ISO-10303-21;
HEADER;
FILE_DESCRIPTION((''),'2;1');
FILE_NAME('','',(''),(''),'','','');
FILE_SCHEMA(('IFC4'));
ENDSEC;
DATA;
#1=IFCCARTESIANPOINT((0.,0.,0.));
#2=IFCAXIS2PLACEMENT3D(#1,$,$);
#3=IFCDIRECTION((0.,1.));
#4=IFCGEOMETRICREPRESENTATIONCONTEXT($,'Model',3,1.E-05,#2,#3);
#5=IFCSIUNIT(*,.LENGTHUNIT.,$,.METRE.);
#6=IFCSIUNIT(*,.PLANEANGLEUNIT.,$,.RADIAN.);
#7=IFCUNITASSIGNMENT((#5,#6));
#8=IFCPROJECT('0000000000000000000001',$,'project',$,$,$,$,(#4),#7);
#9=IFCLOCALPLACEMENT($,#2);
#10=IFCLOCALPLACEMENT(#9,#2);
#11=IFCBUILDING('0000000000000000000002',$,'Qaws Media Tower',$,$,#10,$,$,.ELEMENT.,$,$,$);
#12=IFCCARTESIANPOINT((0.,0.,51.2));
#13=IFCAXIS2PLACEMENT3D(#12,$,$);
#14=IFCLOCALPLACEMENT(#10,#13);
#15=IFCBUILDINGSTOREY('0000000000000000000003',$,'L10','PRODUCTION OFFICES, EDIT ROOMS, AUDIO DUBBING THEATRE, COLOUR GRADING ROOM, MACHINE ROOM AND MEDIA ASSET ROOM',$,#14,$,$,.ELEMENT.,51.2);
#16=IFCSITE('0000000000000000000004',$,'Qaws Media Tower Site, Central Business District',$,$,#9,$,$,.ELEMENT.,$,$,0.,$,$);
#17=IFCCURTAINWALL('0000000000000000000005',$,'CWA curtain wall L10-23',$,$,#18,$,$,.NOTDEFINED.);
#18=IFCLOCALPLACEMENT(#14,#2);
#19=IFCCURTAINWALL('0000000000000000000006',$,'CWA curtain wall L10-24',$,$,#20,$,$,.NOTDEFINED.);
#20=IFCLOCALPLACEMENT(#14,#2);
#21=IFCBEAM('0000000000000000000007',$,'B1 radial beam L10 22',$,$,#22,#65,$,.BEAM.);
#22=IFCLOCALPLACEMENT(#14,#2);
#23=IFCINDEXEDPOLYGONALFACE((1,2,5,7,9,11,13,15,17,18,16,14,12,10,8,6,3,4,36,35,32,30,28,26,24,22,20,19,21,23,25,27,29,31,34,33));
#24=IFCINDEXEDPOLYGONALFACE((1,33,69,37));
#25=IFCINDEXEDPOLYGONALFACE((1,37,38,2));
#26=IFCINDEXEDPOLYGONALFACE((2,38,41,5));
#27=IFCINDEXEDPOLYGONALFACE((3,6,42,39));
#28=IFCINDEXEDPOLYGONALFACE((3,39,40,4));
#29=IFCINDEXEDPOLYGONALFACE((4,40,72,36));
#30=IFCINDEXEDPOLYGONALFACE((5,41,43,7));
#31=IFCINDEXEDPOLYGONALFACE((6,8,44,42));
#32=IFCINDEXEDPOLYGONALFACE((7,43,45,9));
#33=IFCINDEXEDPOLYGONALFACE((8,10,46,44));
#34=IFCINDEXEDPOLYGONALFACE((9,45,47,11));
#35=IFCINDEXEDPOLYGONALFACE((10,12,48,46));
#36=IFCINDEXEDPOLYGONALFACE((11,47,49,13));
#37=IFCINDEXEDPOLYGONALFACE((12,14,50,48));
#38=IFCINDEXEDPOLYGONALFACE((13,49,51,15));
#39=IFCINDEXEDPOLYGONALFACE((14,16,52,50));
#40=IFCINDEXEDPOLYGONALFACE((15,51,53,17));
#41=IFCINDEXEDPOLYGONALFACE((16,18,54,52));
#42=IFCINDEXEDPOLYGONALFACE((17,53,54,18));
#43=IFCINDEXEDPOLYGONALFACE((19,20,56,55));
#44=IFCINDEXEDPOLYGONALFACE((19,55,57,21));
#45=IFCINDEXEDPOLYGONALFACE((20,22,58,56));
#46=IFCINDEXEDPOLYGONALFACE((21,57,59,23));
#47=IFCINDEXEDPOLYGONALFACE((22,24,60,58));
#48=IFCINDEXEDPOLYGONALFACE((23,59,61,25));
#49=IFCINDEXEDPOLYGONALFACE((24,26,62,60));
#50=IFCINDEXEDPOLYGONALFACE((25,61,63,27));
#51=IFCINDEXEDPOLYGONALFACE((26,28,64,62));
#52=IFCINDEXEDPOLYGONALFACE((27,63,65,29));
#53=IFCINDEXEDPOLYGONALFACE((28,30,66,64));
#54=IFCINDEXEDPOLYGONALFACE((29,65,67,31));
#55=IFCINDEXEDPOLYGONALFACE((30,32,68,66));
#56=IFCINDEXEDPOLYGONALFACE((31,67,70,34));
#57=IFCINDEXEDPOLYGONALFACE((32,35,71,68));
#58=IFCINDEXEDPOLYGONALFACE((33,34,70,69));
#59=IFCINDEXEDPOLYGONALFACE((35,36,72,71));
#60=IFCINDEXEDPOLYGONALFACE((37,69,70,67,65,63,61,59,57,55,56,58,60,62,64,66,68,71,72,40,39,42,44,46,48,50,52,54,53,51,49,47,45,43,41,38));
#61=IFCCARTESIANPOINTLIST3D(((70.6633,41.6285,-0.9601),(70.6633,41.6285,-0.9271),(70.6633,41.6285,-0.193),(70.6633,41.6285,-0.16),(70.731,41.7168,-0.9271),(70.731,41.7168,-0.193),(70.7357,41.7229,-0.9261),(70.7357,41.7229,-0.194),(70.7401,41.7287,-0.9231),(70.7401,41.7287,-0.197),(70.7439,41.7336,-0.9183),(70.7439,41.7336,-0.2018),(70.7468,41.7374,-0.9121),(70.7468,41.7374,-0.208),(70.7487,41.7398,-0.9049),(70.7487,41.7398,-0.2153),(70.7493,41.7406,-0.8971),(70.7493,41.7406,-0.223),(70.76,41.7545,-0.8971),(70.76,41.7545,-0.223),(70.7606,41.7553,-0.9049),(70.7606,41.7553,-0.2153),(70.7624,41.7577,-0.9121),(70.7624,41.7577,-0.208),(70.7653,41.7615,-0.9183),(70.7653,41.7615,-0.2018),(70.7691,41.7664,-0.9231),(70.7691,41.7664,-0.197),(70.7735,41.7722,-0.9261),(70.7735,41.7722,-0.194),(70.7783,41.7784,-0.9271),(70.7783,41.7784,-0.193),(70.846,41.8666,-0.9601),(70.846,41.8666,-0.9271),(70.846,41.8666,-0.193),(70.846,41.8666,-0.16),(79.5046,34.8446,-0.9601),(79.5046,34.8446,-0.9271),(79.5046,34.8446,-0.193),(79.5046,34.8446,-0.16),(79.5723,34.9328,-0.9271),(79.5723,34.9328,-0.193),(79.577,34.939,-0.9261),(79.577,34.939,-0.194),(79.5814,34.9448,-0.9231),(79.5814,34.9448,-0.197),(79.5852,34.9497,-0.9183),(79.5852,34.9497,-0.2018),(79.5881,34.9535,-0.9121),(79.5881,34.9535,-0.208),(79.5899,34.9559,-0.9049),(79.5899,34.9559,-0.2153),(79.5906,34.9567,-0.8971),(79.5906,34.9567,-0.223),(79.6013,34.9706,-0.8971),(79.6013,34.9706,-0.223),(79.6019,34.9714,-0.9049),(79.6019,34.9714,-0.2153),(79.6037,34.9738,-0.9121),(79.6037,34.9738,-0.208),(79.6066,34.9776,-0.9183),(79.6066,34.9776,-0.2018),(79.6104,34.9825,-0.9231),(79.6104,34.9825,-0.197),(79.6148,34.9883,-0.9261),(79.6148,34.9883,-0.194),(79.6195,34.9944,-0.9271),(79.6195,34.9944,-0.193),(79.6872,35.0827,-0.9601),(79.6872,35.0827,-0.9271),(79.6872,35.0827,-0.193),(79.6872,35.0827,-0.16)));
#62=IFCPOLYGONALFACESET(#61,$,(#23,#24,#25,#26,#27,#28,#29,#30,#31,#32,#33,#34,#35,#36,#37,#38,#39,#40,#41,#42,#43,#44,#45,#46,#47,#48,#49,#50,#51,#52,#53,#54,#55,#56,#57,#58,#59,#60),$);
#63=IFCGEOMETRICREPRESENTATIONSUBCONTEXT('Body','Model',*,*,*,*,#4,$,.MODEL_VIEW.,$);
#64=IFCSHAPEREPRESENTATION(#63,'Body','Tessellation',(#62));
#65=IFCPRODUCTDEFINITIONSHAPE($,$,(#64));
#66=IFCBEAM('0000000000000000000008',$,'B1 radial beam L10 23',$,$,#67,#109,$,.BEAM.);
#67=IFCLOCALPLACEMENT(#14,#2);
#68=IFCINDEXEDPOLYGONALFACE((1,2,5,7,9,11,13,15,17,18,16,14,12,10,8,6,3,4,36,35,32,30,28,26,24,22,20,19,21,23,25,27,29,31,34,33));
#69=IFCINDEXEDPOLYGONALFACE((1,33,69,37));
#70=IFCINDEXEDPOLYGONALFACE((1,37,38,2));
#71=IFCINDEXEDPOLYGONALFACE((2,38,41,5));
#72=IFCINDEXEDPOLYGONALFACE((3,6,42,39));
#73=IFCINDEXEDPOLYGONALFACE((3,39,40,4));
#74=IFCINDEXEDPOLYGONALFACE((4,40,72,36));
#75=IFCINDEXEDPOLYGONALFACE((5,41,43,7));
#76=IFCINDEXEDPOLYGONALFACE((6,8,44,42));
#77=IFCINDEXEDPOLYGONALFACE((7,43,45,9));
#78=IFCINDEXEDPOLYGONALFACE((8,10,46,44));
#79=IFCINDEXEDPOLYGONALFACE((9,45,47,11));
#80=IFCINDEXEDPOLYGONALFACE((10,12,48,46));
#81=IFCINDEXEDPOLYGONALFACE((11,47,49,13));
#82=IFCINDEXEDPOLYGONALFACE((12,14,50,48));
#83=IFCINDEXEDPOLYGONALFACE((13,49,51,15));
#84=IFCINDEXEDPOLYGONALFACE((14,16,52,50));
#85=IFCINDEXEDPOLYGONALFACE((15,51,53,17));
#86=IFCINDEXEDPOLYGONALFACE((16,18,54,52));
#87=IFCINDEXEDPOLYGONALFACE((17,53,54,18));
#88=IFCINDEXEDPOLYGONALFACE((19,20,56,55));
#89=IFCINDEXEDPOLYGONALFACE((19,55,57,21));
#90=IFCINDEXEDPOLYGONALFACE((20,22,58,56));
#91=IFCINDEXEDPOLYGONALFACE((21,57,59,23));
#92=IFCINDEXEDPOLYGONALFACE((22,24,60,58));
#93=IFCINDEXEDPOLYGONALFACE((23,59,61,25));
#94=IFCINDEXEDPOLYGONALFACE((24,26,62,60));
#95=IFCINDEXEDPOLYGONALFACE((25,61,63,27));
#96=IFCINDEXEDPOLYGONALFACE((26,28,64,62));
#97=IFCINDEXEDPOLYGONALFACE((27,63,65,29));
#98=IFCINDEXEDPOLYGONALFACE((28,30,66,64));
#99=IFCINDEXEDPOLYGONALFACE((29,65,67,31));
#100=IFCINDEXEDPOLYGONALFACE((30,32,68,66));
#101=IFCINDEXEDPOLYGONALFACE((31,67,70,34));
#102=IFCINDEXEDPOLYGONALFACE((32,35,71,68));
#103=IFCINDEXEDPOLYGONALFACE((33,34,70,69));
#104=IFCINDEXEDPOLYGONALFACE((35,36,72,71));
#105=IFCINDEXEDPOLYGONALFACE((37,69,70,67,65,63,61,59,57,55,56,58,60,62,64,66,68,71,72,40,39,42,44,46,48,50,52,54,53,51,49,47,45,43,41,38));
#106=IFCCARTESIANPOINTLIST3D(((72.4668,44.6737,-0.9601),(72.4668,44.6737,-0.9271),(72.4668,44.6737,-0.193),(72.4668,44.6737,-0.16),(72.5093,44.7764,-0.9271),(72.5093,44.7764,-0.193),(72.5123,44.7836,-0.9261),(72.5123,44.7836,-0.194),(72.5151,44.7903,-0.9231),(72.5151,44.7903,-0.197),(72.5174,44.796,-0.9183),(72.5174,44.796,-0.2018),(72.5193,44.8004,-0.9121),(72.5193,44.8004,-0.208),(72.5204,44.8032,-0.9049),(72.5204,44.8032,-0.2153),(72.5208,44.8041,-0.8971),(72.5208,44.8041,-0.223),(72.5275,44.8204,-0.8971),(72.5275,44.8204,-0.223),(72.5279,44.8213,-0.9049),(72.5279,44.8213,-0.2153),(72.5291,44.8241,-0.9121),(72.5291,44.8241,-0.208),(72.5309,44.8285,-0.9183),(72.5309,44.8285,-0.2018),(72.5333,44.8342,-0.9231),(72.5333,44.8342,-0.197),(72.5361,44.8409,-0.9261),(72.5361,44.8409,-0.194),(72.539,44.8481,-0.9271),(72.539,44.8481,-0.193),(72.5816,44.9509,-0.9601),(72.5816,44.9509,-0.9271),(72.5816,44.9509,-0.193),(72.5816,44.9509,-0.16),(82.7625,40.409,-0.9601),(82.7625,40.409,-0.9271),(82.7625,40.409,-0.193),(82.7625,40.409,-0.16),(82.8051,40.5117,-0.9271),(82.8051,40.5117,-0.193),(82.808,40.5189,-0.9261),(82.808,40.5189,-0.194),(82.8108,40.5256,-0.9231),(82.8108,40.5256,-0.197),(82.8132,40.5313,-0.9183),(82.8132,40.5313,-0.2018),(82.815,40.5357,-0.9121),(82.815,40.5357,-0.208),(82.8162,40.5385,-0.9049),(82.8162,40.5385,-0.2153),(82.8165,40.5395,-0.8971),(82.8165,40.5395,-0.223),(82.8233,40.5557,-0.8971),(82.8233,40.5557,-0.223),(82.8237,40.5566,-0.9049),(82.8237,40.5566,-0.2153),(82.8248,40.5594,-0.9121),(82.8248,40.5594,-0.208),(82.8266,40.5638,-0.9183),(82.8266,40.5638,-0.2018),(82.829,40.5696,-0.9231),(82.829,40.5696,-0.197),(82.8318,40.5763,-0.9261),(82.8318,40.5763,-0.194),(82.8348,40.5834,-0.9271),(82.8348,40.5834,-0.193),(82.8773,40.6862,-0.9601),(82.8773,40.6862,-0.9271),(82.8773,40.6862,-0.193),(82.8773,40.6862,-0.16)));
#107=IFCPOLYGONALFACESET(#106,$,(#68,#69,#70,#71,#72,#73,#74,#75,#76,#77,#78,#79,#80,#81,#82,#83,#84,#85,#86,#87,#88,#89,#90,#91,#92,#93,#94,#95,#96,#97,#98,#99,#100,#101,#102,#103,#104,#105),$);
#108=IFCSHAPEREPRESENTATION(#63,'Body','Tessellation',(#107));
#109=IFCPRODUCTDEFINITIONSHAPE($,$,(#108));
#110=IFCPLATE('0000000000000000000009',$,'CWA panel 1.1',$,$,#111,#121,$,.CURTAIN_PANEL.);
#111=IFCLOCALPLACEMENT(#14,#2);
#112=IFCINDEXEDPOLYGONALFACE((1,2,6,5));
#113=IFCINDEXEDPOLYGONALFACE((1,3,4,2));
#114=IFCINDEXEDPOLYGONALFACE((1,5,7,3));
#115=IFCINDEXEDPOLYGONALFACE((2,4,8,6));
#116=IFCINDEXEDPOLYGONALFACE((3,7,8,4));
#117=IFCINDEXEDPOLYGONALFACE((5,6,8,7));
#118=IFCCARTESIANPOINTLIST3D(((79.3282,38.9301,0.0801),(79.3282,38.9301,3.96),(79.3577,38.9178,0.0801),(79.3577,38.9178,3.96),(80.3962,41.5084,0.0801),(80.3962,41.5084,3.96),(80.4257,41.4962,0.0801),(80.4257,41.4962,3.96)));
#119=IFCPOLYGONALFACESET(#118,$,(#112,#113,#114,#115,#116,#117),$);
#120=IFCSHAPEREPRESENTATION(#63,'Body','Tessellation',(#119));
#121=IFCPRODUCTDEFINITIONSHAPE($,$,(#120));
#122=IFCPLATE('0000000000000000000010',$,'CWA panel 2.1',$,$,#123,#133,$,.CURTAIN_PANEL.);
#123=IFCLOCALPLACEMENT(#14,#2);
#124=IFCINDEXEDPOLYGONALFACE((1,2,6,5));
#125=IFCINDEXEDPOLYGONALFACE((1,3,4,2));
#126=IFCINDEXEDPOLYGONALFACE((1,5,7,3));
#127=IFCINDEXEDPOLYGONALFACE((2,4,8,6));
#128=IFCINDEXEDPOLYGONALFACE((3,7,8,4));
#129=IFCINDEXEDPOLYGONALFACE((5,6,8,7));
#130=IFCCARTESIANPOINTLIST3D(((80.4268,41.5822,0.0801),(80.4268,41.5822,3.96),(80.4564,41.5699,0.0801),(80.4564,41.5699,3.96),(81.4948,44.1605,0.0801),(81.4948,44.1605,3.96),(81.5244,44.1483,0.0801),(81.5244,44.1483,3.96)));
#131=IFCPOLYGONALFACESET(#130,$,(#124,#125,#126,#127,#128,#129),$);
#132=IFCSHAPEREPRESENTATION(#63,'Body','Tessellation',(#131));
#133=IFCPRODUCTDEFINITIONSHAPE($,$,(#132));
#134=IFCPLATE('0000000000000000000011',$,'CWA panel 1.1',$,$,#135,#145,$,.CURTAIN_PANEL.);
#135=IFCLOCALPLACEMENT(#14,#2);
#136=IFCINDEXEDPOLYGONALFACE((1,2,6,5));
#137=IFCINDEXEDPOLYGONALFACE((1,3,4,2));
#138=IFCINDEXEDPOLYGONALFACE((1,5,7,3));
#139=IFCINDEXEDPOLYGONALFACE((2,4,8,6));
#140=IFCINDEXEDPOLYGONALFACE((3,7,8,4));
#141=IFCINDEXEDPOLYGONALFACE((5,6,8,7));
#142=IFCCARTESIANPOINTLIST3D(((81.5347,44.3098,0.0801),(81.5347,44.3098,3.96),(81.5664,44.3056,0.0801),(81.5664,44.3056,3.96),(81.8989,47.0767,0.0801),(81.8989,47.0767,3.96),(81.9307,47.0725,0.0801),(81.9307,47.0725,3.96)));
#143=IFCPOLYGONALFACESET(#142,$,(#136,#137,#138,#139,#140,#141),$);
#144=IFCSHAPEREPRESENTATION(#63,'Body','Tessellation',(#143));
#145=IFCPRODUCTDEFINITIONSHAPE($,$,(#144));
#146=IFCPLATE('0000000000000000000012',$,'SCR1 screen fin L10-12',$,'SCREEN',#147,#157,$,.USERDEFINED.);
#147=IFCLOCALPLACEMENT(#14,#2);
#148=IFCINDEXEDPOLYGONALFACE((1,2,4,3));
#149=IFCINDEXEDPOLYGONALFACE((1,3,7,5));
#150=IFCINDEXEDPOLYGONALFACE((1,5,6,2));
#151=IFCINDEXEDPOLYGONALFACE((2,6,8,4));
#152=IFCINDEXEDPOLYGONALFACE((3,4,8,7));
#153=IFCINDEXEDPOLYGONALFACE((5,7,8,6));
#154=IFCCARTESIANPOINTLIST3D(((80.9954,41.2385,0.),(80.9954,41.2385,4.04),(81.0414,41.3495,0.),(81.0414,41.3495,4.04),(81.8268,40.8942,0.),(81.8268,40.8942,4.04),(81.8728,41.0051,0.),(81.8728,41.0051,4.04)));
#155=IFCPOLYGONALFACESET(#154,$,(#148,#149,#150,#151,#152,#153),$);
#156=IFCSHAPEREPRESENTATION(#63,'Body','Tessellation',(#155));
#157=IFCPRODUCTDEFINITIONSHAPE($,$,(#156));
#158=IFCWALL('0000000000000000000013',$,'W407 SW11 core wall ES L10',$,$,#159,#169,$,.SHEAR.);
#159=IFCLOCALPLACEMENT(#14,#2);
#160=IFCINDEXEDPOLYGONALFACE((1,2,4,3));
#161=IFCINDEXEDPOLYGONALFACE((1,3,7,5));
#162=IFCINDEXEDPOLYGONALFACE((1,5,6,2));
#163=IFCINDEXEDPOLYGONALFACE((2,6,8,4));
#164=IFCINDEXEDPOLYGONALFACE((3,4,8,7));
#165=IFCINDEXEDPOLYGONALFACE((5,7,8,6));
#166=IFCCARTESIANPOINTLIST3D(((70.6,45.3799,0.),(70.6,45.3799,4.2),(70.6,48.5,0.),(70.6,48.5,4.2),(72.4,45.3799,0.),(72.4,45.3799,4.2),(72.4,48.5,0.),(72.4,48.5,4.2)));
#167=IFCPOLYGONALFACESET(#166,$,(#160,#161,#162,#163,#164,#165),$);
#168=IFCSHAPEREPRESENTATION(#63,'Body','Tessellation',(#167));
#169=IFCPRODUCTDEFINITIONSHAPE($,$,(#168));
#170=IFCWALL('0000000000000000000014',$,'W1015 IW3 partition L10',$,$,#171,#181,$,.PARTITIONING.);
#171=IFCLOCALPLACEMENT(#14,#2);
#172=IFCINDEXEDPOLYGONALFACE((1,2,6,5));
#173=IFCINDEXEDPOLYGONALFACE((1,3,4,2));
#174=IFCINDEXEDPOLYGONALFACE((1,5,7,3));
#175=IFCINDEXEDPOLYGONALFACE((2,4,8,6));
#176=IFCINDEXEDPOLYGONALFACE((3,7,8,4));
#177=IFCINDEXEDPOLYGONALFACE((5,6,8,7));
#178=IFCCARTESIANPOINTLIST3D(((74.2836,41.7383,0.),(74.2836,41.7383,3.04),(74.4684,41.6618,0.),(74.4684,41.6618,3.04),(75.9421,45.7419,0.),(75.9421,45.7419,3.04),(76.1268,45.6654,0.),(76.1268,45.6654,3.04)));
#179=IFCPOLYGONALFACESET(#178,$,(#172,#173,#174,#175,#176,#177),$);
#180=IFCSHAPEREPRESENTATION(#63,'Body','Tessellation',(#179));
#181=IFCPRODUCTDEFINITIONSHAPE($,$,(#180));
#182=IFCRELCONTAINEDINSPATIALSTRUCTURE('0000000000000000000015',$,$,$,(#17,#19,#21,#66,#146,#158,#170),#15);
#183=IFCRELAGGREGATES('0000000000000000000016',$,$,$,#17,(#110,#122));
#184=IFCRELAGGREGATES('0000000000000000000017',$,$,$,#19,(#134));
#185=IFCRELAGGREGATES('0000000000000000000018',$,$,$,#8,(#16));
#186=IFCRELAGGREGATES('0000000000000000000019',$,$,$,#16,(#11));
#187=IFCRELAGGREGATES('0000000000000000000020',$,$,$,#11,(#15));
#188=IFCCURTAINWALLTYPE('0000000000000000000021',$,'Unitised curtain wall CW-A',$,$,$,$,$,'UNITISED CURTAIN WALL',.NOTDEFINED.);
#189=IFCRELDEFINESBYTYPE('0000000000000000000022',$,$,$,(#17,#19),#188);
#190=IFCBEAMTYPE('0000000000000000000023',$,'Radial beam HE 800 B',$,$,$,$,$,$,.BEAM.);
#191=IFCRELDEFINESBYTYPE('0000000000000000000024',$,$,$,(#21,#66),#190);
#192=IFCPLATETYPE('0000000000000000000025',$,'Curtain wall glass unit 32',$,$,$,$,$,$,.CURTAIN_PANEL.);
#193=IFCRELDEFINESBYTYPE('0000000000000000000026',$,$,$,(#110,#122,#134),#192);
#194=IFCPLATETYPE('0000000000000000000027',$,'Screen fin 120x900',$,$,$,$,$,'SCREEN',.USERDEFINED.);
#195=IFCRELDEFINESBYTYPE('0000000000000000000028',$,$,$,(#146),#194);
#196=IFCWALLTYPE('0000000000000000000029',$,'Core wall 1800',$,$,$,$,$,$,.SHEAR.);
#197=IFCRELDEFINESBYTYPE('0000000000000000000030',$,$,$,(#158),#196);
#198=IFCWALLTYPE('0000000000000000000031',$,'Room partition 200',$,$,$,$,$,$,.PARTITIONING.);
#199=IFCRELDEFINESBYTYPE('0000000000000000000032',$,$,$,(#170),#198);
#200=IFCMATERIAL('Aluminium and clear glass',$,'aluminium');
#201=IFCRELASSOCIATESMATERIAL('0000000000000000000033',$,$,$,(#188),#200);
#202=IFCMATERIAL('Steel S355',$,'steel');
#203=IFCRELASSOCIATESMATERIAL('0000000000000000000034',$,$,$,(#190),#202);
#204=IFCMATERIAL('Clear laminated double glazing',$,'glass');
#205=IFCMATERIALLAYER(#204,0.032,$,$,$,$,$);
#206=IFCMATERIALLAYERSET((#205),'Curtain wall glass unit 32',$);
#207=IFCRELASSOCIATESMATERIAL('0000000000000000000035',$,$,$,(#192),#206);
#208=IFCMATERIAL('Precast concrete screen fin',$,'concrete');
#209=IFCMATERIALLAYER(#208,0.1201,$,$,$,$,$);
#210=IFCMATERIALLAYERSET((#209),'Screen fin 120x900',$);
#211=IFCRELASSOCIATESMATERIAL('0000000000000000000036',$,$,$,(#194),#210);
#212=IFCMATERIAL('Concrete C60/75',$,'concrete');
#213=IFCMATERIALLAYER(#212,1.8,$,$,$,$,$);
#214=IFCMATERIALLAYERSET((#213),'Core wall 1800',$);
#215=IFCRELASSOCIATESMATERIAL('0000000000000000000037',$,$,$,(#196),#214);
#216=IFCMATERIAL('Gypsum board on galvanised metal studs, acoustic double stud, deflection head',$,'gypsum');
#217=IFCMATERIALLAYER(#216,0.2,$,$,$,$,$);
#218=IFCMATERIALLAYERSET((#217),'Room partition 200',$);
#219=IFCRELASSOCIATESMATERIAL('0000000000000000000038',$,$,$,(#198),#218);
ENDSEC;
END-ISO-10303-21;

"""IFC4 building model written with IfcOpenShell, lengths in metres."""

from ifc_helpers import new_model, si_unit, direction, frame, frame_2d, origin, origin_2d, place, context, subcontext, project, spatial, rectangle, i_section, extrude, material, layer, layer_set, material_profile, profile_set, type_object, element, aggregate, save


model = new_model("IFC4")

# Units and contexts
model_context = context("Model", 3, precision=1e-05, world=origin(), true_north=direction((0.0, 1.0)))
body_context = subcontext(model_context, "Body", "Model", "MODEL_VIEW")
ifc_project = project(units=[si_unit("LENGTHUNIT", "METRE"), si_unit("PLANEANGLEUNIT", "RADIAN")], contexts=[model_context])

# Site, building, storey
site_placement = place(None, origin())
site = spatial("IfcSite", under=ifc_project, at=site_placement, Name="Qaws Media Tower Site, Central Business District", CompositionType="ELEMENT", RefElevation=0.0)
building_placement = place(site_placement, origin())
building = spatial("IfcBuilding", under=site, at=building_placement, Name="Qaws Media Tower", CompositionType="ELEMENT")
storey_placement = place(building_placement, frame((0.0, 0.0, 51.2)))
storey = spatial("IfcBuildingStorey", under=building, at=storey_placement, Name="L10", Description="PRODUCTION OFFICES, EDIT ROOMS, AUDIO DUBBING THEATRE, COLOUR GRADING ROOM, MACHINE ROOM AND MEDIA ASSET ROOM", CompositionType="ELEMENT", Elevation=51.2)

# Curtain walls
ifc_material_1 = material(Name="Aluminium and clear glass", Category="aluminium")
curtain_wall_type = type_object("IfcCurtainWallType", Name="Unitised curtain wall CW-A", ElementType="UNITISED CURTAIN WALL", PredefinedType="NOTDEFINED", material=ifc_material_1)
curtain_wall_1_placement = place(storey_placement, origin())
curtain_wall_1 = element("IfcCurtainWall", 1, at=curtain_wall_1_placement, inside=storey, type_object=curtain_wall_type, Name="CWA curtain wall L10-23", PredefinedType="NOTDEFINED")
curtain_wall_2_placement = place(storey_placement, origin())
curtain_wall_2 = element("IfcCurtainWall", 2, at=curtain_wall_2_placement, inside=storey, type_object=curtain_wall_type, Name="CWA curtain wall L10-24", PredefinedType="NOTDEFINED")

# Beams
ifc_material_2 = material(Name="Steel S355", Category="steel")
ifc_material_profile_1 = material_profile(ifc_material_2, i_section(OverallWidth=0.3, OverallDepth=0.8, WebThickness=0.0176, FlangeThickness=0.033, FilletRadius=0.03, at=origin_2d()), Name="HE 800 B")
ifc_profile_set_1 = profile_set([ifc_material_profile_1], Name="Steel S355")
beam_type_1 = type_object("IfcBeamType", Name="Radial beam HE 800 B", PredefinedType="BEAM", material=ifc_profile_set_1)
for number, where, z_axis, x_axis, name in (
    (3, (70.7546, 41.7476, -0.5601), (0.793364, -0.608748, 0.0), (0.608748, 0.793364, 0.0), "B1 radial beam L10 22"),
    (4, (72.5242, 44.8123, -0.5601), (0.923878, -0.382687, 0.0), (0.382687, 0.923878, 0.0), "B1 radial beam L10 23"),
):
    element("IfcBeam", number, at=place(storey_placement, frame(where, z_axis=z_axis, x_axis=x_axis)), inside=storey, type_object=beam_type_1, Name=name, PredefinedType="BEAM", context=body_context, shape_type="SweptSolid", body=[
        extrude(i_section(OverallWidth=0.3, OverallDepth=0.8, WebThickness=0.0176, FlangeThickness=0.033, FilletRadius=0.03, at=origin_2d()), origin(), (0.0, 0.0, 1.0), 11.144),
    ])

# Plates
ifc_material_3 = material(Name="Clear laminated double glazing", Category="glass")
ifc_layer_1 = layer(ifc_material_3, 0.032)
ifc_layer_set_1 = layer_set([ifc_layer_1], Name="Curtain wall glass unit 32")
plate_type_1 = type_object("IfcPlateType", Name="Curtain wall glass unit 32", PredefinedType="CURTAIN_PANEL", material=ifc_layer_set_1)
plate_1_placement = place(storey_placement, frame((79.877, 40.2131, 0.0801), z_axis=(0.0, 0.0, 1.0), x_axis=(0.382683, 0.92388, 0.0)))
plate_1 = element("IfcPlate", 5, at=plate_1_placement, type_object=plate_type_1, Name="CWA panel 1.1", PredefinedType="CURTAIN_PANEL", context=body_context, shape_type="SweptSolid", body=[
    extrude(rectangle(XDim=2.7908, YDim=0.032, at=origin_2d()), origin(), (0.0, 0.0, 1.0), 3.8799),
])
plate_2_placement = place(storey_placement, frame((80.9756, 42.8652, 0.0801), z_axis=(0.0, 0.0, 1.0), x_axis=(0.382683, 0.92388, 0.0)))
plate_2 = element("IfcPlate", 6, at=plate_2_placement, type_object=plate_type_1, Name="CWA panel 2.1", PredefinedType="CURTAIN_PANEL", context=body_context, shape_type="SweptSolid", body=[
    extrude(rectangle(XDim=2.7908, YDim=0.032, at=origin_2d()), origin(), (0.0, 0.0, 1.0), 3.8799),
])
aggregate(curtain_wall_1, [plate_1, plate_2])
plate_3_placement = place(storey_placement, frame((81.7327, 45.6912, 0.0801), z_axis=(0.0, 0.0, 1.0), x_axis=(0.130526, 0.991445, 0.0)))
plate_3 = element("IfcPlate", 7, at=plate_3_placement, type_object=plate_type_1, Name="CWA panel 1.1", PredefinedType="CURTAIN_PANEL", context=body_context, shape_type="SweptSolid", body=[
    extrude(rectangle(XDim=2.7908, YDim=0.032, at=origin_2d()), origin(), (0.0, 0.0, 1.0), 3.8799),
])
aggregate(curtain_wall_2, [plate_3])
ifc_material_4 = material(Name="Precast concrete screen fin", Category="concrete")
ifc_layer_2 = layer(ifc_material_4, 0.1201)
ifc_layer_set_2 = layer_set([ifc_layer_2], Name="Screen fin 120x900")
plate_type_2 = type_object("IfcPlateType", Name="Screen fin 120x900", ElementType="SCREEN", PredefinedType="USERDEFINED", material=ifc_layer_set_2)
plate_4_placement = place(storey_placement, frame((81.4341, 41.1218, 0.0), z_axis=(0.0, 0.0, 1.0), x_axis=(0.92388, -0.382683, 0.0)))
element("IfcPlate", 8, at=plate_4_placement, inside=storey, type_object=plate_type_2, Name="SCR1 screen fin L10-12", ObjectType="SCREEN", PredefinedType="USERDEFINED", context=body_context, shape_type="SweptSolid", body=[
    extrude(rectangle(XDim=0.8999, YDim=0.1201, at=origin_2d()), origin(), (0.0, 0.0, 1.0), 4.04),
])

# Walls
ifc_material_5 = material(Name="Concrete C60/75", Category="concrete")
ifc_layer_3 = layer(ifc_material_5, 1.8)
ifc_layer_set_3 = layer_set([ifc_layer_3], Name="Core wall 1800")
wall_type_1 = type_object("IfcWallType", Name="Core wall 1800", PredefinedType="SHEAR", material=ifc_layer_set_3)
wall_1_placement = place(storey_placement, frame((71.5, 45.3799, 0.0), z_axis=(0.0, 0.0, 1.0), x_axis=(0.0, 1.0, 0.0)))
element("IfcWall", 9, at=wall_1_placement, inside=storey, type_object=wall_type_1, Name="W407 SW11 core wall ES L10", PredefinedType="SHEAR", context=body_context, shape_type="SweptSolid", body=[
    extrude(rectangle(XDim=3.1201, YDim=1.8, at=frame_2d((1.5601, 0.0))), origin(), (0.0, 0.0, 1.0), 4.2),
])
ifc_material_6 = material(Name="Gypsum board on galvanised metal studs, acoustic double stud, deflection head", Category="gypsum")
ifc_layer_4 = layer(ifc_material_6, 0.2)
ifc_layer_set_4 = layer_set([ifc_layer_4], Name="Room partition 200")
wall_type_2 = type_object("IfcWallType", Name="Room partition 200", PredefinedType="PARTITIONING", material=ifc_layer_set_4)
wall_2_placement = place(storey_placement, frame((76.0344, 45.7036, 0.0), z_axis=(0.0, 0.0, 1.0), x_axis=(-0.382698, -0.923873, 0.0)))
element("IfcWall", 10, at=wall_2_placement, inside=storey, type_object=wall_type_2, Name="W1015 IW3 partition L10", PredefinedType="PARTITIONING", context=body_context, shape_type="SweptSolid", body=[
    extrude(rectangle(XDim=4.3335, YDim=0.2, at=frame_2d((2.1667, 0.0))), origin(), (0.0, 0.0, 1.0), 3.04),
])

save(model, "model.ifc")
